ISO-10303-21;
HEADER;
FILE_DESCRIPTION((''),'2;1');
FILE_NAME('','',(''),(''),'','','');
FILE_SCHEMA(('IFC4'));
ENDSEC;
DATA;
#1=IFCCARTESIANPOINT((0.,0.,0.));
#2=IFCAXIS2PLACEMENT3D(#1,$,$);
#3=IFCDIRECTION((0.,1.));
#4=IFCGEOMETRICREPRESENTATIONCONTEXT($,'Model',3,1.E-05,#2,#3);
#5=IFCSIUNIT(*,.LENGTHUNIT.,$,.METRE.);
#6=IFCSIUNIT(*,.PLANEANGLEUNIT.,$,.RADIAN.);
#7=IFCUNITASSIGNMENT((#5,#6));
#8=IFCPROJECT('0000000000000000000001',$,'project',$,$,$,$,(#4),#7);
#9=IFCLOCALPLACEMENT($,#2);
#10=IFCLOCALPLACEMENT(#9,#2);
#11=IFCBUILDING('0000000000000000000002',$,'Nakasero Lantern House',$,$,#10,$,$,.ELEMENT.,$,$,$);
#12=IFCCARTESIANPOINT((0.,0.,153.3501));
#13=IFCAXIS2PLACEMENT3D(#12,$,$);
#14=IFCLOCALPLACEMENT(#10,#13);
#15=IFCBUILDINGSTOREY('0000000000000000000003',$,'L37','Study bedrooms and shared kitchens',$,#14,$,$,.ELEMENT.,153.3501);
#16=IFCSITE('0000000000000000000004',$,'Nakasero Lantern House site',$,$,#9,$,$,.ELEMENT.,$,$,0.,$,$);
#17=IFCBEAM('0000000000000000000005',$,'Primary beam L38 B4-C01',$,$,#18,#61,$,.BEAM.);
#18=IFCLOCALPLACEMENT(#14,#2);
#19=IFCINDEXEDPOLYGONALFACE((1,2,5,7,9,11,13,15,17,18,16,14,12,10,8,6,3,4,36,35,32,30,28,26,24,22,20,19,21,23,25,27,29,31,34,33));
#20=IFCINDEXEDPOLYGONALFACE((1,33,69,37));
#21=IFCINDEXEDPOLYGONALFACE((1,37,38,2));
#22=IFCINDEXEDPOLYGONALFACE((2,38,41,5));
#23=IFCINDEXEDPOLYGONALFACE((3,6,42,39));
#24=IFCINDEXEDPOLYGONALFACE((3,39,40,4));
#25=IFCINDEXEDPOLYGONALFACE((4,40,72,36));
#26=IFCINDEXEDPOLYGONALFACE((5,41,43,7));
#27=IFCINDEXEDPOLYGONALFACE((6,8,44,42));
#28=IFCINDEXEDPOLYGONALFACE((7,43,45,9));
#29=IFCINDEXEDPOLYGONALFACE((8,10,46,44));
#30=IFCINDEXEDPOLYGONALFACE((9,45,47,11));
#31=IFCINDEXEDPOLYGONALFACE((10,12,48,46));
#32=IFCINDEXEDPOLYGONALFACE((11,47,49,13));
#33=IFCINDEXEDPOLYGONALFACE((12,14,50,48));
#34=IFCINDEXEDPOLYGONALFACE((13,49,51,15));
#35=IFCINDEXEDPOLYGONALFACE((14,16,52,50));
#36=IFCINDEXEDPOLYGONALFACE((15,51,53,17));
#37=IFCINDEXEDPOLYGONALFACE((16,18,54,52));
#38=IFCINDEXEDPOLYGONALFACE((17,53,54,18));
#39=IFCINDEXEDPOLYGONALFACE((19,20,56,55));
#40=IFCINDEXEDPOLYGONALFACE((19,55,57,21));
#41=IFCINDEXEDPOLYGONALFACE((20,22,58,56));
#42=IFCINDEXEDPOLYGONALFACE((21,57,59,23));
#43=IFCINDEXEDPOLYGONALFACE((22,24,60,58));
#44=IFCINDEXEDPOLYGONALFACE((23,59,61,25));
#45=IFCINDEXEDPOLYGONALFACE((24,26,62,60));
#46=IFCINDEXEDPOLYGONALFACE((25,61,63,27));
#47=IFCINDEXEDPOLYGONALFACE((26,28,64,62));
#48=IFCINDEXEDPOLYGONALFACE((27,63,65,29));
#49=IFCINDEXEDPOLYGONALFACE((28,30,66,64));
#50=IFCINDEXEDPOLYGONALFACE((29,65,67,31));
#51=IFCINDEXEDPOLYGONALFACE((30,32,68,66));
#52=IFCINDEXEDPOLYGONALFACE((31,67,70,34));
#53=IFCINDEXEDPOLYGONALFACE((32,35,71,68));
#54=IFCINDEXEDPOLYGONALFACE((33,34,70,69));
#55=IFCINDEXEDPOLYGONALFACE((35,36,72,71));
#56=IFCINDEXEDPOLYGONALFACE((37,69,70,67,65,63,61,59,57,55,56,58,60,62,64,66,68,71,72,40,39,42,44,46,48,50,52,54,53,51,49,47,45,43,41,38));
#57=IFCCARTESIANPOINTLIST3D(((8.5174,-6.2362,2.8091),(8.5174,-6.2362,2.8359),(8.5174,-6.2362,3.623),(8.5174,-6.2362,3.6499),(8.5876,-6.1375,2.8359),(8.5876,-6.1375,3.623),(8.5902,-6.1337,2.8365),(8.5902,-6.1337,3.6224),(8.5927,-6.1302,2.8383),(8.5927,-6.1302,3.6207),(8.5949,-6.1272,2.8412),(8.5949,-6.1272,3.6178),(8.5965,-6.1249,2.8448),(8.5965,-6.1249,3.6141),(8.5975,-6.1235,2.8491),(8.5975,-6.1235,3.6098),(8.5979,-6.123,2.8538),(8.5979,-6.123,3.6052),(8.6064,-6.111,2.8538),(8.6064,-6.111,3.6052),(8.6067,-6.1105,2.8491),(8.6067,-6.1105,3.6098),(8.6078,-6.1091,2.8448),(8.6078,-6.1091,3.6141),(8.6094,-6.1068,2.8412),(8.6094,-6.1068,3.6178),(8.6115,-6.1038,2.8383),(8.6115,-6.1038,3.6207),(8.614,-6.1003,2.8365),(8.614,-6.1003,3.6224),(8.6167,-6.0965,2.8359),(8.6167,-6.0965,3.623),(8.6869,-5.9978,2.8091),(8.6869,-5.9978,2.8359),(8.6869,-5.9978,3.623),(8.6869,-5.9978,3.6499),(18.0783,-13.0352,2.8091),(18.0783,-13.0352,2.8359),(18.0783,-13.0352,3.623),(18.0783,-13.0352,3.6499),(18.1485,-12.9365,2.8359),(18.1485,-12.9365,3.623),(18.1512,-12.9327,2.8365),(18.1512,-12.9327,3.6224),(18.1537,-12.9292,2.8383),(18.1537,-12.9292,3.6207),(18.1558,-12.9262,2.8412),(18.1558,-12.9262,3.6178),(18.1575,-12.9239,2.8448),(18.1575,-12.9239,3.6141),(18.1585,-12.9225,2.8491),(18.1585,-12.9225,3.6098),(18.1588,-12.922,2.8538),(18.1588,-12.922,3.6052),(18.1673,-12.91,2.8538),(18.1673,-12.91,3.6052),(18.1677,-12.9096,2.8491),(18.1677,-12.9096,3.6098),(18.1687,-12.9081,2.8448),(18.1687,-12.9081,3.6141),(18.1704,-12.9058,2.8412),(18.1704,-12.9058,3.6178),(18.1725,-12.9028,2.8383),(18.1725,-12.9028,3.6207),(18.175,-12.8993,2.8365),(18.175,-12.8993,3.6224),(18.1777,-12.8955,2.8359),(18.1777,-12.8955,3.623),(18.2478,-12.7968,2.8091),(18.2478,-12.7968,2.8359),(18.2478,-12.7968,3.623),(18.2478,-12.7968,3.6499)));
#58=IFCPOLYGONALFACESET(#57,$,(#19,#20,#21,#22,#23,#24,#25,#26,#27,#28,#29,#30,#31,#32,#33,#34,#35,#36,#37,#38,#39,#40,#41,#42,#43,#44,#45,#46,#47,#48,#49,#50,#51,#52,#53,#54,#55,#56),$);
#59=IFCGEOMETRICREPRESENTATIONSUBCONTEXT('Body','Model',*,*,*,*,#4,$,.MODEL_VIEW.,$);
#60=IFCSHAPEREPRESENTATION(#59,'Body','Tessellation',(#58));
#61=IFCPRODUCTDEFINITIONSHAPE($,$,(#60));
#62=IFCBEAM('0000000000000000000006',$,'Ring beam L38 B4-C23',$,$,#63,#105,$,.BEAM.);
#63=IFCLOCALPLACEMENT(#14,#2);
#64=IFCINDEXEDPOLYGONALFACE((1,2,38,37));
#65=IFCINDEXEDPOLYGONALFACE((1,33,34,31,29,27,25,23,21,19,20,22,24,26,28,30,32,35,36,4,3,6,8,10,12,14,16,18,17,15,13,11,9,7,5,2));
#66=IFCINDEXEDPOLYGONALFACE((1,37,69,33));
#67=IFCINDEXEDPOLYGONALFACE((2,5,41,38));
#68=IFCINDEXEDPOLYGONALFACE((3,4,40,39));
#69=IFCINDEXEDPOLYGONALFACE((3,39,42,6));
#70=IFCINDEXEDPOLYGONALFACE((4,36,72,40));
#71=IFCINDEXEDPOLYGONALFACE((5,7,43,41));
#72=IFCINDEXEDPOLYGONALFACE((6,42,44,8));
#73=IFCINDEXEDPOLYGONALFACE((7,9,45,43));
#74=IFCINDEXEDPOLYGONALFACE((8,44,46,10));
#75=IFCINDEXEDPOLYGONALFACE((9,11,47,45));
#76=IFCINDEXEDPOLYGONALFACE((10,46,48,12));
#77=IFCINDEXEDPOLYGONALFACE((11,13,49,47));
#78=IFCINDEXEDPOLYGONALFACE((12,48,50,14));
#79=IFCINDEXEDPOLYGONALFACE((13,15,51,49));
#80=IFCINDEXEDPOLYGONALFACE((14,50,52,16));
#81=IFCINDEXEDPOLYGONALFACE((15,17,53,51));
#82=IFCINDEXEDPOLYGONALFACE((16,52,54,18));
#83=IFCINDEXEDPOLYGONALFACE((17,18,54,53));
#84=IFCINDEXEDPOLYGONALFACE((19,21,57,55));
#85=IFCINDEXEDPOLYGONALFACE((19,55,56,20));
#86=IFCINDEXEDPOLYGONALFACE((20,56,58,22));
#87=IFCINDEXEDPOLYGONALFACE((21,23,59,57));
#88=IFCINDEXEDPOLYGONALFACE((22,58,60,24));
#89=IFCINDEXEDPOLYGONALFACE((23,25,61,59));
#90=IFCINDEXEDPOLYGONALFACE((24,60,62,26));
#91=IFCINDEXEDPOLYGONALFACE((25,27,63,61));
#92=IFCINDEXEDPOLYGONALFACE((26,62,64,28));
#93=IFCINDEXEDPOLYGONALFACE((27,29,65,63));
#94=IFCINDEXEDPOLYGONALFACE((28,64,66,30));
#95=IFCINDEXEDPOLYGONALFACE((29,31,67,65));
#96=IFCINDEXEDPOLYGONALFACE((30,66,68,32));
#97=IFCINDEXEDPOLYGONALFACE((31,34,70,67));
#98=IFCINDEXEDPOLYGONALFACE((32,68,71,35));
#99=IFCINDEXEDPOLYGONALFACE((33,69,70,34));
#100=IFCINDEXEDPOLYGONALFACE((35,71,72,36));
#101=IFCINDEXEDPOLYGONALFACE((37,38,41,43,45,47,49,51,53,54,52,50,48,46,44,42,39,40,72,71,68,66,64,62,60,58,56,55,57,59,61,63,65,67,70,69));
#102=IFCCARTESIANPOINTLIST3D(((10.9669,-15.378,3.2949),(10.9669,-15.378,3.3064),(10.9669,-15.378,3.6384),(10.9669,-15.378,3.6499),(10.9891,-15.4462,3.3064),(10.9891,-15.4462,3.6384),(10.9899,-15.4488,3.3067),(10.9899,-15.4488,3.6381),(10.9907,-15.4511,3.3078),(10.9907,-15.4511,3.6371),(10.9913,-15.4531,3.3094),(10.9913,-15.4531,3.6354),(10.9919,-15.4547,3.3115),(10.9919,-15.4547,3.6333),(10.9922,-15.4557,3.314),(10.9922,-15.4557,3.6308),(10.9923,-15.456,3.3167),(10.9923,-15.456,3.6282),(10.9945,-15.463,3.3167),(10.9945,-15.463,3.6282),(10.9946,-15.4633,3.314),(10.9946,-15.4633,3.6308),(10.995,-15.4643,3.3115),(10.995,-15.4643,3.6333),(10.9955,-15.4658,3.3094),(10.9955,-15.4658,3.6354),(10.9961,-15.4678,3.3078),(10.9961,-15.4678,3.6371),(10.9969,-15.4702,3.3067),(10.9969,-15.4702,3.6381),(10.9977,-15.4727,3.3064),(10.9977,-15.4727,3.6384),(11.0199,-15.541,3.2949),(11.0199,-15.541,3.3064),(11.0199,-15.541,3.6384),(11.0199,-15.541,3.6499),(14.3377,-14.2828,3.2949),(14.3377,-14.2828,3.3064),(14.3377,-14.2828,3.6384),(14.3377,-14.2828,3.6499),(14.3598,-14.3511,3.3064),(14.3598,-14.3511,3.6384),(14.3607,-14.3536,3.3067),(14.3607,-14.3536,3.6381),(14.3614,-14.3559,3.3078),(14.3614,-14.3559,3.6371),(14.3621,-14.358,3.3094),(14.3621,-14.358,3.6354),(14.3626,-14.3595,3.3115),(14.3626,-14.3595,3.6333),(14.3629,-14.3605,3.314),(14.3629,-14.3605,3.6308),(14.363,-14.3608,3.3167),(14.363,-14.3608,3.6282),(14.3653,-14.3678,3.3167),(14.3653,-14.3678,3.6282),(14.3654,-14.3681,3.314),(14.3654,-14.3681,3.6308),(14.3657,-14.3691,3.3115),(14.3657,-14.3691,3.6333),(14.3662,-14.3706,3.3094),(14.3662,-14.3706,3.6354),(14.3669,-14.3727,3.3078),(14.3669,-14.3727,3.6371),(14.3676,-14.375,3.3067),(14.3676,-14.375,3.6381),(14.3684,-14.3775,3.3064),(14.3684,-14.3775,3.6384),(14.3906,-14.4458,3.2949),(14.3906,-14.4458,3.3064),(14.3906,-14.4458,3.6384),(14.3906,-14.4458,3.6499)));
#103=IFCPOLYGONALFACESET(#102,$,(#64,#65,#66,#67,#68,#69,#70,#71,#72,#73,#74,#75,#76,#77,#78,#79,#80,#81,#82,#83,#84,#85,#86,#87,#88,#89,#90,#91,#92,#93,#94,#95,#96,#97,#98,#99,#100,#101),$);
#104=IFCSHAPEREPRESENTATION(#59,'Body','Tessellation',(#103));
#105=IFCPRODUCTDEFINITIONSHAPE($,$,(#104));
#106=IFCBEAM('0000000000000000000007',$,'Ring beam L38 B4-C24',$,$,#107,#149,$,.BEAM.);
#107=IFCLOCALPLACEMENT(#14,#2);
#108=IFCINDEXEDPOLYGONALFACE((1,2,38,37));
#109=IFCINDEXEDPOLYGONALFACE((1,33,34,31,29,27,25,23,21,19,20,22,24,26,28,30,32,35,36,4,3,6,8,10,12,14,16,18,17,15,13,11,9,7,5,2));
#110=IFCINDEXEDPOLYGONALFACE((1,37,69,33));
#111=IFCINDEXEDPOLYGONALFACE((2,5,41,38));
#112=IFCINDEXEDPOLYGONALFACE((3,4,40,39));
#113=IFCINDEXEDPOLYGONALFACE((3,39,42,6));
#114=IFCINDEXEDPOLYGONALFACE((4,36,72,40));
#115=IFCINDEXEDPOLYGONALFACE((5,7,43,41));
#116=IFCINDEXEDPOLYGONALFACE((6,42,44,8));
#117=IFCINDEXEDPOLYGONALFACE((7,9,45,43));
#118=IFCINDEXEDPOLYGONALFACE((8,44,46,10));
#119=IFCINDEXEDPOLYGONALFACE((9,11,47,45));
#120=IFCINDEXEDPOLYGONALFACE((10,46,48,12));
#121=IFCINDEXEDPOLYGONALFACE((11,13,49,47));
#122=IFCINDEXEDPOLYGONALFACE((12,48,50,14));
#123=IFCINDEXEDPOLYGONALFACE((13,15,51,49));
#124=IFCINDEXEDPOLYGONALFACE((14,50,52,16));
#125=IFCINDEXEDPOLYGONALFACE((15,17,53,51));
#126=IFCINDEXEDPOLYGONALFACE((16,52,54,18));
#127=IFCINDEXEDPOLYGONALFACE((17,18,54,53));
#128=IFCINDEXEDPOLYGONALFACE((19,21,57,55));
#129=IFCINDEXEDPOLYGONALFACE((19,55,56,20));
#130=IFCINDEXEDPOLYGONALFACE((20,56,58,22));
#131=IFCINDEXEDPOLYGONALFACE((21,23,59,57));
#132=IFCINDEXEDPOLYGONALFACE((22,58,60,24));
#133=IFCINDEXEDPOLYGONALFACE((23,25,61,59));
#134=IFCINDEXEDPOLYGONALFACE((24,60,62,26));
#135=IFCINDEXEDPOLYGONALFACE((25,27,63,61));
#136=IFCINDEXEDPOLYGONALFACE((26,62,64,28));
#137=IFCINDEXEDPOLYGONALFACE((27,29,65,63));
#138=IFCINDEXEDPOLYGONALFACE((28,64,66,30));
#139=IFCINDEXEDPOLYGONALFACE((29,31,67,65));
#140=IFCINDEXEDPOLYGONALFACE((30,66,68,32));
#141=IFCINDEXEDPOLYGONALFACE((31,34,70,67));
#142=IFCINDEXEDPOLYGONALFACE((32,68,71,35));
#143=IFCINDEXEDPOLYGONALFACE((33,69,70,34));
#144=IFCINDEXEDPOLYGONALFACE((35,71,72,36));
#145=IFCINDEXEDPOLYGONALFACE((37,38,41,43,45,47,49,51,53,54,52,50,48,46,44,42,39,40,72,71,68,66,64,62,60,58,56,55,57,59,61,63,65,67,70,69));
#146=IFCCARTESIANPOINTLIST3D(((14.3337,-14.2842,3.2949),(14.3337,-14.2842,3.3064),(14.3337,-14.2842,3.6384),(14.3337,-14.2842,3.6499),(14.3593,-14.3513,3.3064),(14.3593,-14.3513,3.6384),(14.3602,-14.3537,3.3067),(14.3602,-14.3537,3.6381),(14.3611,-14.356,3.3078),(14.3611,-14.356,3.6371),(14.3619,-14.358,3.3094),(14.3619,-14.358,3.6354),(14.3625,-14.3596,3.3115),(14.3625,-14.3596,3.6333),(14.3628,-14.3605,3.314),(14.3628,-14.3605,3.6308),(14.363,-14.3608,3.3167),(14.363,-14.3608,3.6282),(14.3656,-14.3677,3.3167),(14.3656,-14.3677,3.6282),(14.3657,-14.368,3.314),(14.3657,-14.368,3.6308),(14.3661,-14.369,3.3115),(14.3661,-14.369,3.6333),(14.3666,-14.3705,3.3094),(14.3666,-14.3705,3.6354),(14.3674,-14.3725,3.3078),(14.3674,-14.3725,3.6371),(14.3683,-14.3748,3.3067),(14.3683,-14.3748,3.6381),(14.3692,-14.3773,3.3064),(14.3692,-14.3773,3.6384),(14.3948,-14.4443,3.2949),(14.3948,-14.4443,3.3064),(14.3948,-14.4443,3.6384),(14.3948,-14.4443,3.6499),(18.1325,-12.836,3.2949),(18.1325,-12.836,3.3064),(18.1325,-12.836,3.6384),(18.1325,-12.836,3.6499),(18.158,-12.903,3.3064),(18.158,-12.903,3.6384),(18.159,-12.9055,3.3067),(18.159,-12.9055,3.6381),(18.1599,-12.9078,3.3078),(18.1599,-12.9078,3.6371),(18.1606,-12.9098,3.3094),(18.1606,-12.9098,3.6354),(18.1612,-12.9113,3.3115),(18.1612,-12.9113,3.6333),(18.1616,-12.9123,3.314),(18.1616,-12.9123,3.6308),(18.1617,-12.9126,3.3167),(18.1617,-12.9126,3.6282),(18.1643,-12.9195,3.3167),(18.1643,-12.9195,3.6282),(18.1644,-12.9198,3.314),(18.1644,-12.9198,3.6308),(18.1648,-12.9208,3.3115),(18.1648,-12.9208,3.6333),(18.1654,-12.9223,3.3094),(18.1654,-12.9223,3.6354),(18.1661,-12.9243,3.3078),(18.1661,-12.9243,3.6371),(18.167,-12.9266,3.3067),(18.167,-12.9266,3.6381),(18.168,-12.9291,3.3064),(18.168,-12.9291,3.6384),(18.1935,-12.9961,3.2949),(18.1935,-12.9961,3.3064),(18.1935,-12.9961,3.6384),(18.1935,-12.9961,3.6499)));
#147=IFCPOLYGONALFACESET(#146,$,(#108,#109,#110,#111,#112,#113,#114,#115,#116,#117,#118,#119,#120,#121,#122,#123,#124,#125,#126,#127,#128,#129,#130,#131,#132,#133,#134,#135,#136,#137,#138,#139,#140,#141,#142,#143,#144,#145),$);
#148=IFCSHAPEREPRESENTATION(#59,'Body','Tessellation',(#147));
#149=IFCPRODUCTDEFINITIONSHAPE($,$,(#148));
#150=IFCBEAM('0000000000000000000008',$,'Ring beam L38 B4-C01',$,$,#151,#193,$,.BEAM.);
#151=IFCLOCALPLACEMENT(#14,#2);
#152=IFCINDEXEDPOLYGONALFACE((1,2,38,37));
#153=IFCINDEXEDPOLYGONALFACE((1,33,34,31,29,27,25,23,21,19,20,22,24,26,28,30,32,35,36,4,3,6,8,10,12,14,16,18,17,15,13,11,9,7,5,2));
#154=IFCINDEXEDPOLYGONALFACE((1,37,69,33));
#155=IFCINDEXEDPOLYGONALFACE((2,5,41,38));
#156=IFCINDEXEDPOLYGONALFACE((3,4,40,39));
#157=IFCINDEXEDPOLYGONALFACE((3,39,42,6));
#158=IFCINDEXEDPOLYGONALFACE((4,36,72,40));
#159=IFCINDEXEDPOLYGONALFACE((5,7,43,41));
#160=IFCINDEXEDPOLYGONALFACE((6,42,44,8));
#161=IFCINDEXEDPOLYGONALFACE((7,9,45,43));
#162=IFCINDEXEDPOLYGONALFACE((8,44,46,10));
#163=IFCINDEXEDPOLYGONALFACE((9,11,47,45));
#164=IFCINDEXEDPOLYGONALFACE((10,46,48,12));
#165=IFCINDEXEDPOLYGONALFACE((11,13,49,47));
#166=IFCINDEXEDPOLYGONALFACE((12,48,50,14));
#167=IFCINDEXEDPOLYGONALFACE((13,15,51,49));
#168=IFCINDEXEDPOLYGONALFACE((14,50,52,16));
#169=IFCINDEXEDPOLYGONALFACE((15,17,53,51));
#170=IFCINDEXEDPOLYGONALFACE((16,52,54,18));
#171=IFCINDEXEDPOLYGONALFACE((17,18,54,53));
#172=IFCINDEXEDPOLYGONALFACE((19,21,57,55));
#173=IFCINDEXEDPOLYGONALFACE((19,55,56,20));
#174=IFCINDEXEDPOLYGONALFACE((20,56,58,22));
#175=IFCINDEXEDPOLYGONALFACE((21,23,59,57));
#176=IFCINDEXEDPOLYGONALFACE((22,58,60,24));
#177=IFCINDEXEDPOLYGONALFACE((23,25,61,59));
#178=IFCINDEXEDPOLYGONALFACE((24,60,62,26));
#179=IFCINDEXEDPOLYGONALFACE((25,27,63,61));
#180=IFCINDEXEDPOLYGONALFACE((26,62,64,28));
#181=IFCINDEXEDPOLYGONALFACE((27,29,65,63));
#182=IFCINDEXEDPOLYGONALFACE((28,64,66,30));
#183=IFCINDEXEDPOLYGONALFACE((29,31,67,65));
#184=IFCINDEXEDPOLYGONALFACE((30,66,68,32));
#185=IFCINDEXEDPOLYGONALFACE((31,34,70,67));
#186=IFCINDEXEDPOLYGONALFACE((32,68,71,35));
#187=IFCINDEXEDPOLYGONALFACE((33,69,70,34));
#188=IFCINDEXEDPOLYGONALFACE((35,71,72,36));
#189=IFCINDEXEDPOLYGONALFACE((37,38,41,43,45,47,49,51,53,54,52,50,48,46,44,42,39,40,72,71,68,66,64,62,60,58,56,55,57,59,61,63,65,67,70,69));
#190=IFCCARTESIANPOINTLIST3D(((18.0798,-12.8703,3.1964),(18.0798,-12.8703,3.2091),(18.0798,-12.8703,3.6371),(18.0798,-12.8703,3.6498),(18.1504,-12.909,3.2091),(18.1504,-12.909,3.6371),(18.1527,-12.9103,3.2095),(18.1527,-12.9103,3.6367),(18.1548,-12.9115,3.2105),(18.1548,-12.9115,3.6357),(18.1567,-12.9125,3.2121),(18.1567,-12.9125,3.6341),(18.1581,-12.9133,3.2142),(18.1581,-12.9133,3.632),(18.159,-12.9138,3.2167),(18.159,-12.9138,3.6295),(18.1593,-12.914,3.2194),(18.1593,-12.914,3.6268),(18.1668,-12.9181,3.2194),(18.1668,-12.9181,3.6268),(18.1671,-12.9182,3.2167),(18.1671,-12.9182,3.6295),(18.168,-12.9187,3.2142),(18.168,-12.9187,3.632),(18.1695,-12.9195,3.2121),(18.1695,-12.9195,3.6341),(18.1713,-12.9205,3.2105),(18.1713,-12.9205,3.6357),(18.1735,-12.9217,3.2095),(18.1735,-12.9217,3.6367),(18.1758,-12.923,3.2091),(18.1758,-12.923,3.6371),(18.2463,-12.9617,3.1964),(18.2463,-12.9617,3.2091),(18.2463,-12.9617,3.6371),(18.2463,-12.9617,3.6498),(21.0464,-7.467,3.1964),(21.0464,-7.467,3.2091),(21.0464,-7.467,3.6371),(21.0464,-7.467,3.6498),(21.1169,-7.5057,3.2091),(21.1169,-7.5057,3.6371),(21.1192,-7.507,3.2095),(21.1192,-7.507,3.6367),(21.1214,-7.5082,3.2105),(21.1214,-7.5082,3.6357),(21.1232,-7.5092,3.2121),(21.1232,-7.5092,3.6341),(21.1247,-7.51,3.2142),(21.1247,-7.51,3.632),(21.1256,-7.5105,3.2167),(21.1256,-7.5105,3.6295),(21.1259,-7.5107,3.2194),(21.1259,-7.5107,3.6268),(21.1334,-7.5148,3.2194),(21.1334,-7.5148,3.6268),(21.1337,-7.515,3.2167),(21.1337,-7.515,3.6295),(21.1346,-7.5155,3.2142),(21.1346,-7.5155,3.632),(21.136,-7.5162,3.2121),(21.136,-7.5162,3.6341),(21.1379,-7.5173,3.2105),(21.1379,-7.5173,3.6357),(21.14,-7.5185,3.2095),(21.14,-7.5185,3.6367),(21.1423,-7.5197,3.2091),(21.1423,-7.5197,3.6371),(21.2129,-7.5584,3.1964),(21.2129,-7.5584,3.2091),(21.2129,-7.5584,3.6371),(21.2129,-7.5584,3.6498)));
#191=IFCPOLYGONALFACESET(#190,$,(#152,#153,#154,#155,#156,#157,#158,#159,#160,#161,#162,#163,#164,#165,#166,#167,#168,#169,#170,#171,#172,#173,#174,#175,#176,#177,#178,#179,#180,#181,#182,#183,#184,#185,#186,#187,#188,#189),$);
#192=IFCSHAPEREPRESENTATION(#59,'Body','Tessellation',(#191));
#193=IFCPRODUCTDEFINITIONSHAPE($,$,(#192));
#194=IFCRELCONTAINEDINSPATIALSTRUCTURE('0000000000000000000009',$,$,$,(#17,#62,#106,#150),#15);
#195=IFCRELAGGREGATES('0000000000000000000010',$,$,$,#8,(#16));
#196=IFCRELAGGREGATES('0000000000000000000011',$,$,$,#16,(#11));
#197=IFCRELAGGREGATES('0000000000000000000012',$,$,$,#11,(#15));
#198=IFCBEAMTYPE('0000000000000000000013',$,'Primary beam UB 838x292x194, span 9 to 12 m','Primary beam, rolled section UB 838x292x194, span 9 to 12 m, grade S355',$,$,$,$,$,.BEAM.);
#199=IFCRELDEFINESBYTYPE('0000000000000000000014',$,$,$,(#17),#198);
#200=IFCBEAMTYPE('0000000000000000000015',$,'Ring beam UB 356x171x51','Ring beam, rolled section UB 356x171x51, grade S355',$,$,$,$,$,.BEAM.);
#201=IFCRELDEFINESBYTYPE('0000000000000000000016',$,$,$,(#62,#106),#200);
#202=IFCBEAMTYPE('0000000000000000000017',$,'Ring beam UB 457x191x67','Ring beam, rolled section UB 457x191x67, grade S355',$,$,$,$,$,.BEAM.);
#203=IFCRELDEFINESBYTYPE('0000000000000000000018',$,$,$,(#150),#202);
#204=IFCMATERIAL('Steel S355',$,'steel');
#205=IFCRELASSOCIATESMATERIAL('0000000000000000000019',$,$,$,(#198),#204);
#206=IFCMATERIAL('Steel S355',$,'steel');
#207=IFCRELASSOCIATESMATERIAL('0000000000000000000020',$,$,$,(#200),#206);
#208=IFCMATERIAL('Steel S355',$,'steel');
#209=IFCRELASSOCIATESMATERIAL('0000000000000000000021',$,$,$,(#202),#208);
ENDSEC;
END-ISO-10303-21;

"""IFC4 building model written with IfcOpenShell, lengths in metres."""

from ifc_helpers import new_model, si_unit, direction, frame, origin, origin_2d, place, context, subcontext, project, spatial, i_section, extrude, material, material_profile, profile_set, type_object, element, save


model = new_model("IFC4")

# Units and contexts
model_context = context("Model", 3, precision=1e-05, world=origin(), true_north=direction((0.0, 1.0)))
body_context = subcontext(model_context, "Body", "Model", "MODEL_VIEW")
ifc_project = project(units=[si_unit("LENGTHUNIT", "METRE"), si_unit("PLANEANGLEUNIT", "RADIAN")], contexts=[model_context])

# Site, building, storey
site_placement = place(None, origin())
site = spatial("IfcSite", under=ifc_project, at=site_placement, Name="Nakasero Lantern House site", CompositionType="ELEMENT", RefElevation=0.0)
building_placement = place(site_placement, origin())
building = spatial("IfcBuilding", under=site, at=building_placement, Name="Nakasero Lantern House", CompositionType="ELEMENT")
storey_placement = place(building_placement, frame((0.0, 0.0, 153.3501)))
storey = spatial("IfcBuildingStorey", under=building, at=storey_placement, Name="L37", Description="Study bedrooms and shared kitchens", CompositionType="ELEMENT", Elevation=153.3501)

# Beams
ifc_material_1 = material(Name="Steel S355", Category="steel")
ifc_material_profile_1 = material_profile(ifc_material_1, i_section(OverallWidth=0.2925, OverallDepth=0.8408, WebThickness=0.0146, FlangeThickness=0.0269, FilletRadius=0.0178, at=origin_2d()), Name="UB 838x292x194")
ifc_profile_set_1 = profile_set([ifc_material_profile_1], Name="Steel S355")
beam_type_1 = type_object("IfcBeamType", Name="Primary beam UB 838x292x194, span 9 to 12 m", Description="Primary beam, rolled section UB 838x292x194, span 9 to 12 m, grade S355", PredefinedType="BEAM", material=ifc_profile_set_1)
beam_1_placement = place(storey_placement, frame((18.1631, -12.916, 3.2295), z_axis=(-0.814951, 0.57953, 0.0), x_axis=(-0.57953, -0.814951, 0.0)))
element("IfcBeam", 1, at=beam_1_placement, inside=storey, type_object=beam_type_1, Name="Primary beam L38 B4-C01", PredefinedType="BEAM", context=body_context, shape_type="SweptSolid", body=[
    extrude(i_section(OverallWidth=0.2925, OverallDepth=0.8408, WebThickness=0.0146, FlangeThickness=0.0269, FilletRadius=0.0178, at=origin_2d()), origin(), (0.0, 0.0, 1.0), 11.7319),
])
ifc_material_2 = material(Name="Steel S355", Category="steel")
ifc_material_profile_2 = material_profile(ifc_material_2, i_section(OverallWidth=0.1714, OverallDepth=0.355, WebThickness=0.0073, FlangeThickness=0.0115, FilletRadius=0.0103, at=origin_2d()), Name="UB 356x171x51")
ifc_profile_set_2 = profile_set([ifc_material_profile_2], Name="Steel S355")
beam_type_2 = type_object("IfcBeamType", Name="Ring beam UB 356x171x51", Description="Ring beam, rolled section UB 356x171x51, grade S355", PredefinedType="BEAM", material=ifc_profile_set_2)
beam_2_placement = place(storey_placement, frame((10.9934, -15.4595, 3.4724), z_axis=(0.95106, 0.309007, 0.0), x_axis=(-0.309007, 0.95106, 0.0)))
element("IfcBeam", 2, at=beam_2_placement, inside=storey, type_object=beam_type_2, Name="Ring beam L38 B4-C23", PredefinedType="BEAM", context=body_context, shape_type="SweptSolid", body=[
    extrude(i_section(OverallWidth=0.1714, OverallDepth=0.355, WebThickness=0.0073, FlangeThickness=0.0115, FilletRadius=0.0103, at=origin_2d()), origin(), (0.0, 0.0, 1.0), 3.5442),
])
beam_3_placement = place(storey_placement, frame((14.3643, -14.3643, 3.4724), z_axis=(0.9344, 0.356225, 0.0), x_axis=(-0.356225, 0.9344, 0.0)))
element("IfcBeam", 3, at=beam_3_placement, inside=storey, type_object=beam_type_2, Name="Ring beam L38 B4-C24", PredefinedType="BEAM", context=body_context, shape_type="SweptSolid", body=[
    extrude(i_section(OverallWidth=0.1714, OverallDepth=0.355, WebThickness=0.0073, FlangeThickness=0.0115, FilletRadius=0.0103, at=origin_2d()), origin(), (0.0, 0.0, 1.0), 4.0654),
])
ifc_material_3 = material(Name="Steel S355", Category="steel")
ifc_material_profile_3 = material_profile(ifc_material_3, i_section(OverallWidth=0.1899, OverallDepth=0.4534, WebThickness=0.0085, FlangeThickness=0.0127, FilletRadius=0.0103, at=origin_2d()), Name="UB 457x191x67")
ifc_profile_set_3 = profile_set([ifc_material_profile_3], Name="Steel S355")
beam_type_3 = type_object("IfcBeamType", Name="Ring beam UB 457x191x67", Description="Ring beam, rolled section UB 457x191x67, grade S355", PredefinedType="BEAM", material=ifc_profile_set_3)
beam_4_placement = place(storey_placement, frame((18.1631, -12.916, 3.4231), z_axis=(0.481262, 0.876577, 0.0), x_axis=(-0.876577, 0.481262, 0.0)))
element("IfcBeam", 4, at=beam_4_placement, inside=storey, type_object=beam_type_3, Name="Ring beam L38 B4-C01", PredefinedType="BEAM", context=body_context, shape_type="SweptSolid", body=[
    extrude(i_section(OverallWidth=0.1899, OverallDepth=0.4534, WebThickness=0.0085, FlangeThickness=0.0127, FilletRadius=0.0103, at=origin_2d()), origin(), (0.0, 0.0, 1.0), 6.1641),
])

save(model, "model.ifc")
